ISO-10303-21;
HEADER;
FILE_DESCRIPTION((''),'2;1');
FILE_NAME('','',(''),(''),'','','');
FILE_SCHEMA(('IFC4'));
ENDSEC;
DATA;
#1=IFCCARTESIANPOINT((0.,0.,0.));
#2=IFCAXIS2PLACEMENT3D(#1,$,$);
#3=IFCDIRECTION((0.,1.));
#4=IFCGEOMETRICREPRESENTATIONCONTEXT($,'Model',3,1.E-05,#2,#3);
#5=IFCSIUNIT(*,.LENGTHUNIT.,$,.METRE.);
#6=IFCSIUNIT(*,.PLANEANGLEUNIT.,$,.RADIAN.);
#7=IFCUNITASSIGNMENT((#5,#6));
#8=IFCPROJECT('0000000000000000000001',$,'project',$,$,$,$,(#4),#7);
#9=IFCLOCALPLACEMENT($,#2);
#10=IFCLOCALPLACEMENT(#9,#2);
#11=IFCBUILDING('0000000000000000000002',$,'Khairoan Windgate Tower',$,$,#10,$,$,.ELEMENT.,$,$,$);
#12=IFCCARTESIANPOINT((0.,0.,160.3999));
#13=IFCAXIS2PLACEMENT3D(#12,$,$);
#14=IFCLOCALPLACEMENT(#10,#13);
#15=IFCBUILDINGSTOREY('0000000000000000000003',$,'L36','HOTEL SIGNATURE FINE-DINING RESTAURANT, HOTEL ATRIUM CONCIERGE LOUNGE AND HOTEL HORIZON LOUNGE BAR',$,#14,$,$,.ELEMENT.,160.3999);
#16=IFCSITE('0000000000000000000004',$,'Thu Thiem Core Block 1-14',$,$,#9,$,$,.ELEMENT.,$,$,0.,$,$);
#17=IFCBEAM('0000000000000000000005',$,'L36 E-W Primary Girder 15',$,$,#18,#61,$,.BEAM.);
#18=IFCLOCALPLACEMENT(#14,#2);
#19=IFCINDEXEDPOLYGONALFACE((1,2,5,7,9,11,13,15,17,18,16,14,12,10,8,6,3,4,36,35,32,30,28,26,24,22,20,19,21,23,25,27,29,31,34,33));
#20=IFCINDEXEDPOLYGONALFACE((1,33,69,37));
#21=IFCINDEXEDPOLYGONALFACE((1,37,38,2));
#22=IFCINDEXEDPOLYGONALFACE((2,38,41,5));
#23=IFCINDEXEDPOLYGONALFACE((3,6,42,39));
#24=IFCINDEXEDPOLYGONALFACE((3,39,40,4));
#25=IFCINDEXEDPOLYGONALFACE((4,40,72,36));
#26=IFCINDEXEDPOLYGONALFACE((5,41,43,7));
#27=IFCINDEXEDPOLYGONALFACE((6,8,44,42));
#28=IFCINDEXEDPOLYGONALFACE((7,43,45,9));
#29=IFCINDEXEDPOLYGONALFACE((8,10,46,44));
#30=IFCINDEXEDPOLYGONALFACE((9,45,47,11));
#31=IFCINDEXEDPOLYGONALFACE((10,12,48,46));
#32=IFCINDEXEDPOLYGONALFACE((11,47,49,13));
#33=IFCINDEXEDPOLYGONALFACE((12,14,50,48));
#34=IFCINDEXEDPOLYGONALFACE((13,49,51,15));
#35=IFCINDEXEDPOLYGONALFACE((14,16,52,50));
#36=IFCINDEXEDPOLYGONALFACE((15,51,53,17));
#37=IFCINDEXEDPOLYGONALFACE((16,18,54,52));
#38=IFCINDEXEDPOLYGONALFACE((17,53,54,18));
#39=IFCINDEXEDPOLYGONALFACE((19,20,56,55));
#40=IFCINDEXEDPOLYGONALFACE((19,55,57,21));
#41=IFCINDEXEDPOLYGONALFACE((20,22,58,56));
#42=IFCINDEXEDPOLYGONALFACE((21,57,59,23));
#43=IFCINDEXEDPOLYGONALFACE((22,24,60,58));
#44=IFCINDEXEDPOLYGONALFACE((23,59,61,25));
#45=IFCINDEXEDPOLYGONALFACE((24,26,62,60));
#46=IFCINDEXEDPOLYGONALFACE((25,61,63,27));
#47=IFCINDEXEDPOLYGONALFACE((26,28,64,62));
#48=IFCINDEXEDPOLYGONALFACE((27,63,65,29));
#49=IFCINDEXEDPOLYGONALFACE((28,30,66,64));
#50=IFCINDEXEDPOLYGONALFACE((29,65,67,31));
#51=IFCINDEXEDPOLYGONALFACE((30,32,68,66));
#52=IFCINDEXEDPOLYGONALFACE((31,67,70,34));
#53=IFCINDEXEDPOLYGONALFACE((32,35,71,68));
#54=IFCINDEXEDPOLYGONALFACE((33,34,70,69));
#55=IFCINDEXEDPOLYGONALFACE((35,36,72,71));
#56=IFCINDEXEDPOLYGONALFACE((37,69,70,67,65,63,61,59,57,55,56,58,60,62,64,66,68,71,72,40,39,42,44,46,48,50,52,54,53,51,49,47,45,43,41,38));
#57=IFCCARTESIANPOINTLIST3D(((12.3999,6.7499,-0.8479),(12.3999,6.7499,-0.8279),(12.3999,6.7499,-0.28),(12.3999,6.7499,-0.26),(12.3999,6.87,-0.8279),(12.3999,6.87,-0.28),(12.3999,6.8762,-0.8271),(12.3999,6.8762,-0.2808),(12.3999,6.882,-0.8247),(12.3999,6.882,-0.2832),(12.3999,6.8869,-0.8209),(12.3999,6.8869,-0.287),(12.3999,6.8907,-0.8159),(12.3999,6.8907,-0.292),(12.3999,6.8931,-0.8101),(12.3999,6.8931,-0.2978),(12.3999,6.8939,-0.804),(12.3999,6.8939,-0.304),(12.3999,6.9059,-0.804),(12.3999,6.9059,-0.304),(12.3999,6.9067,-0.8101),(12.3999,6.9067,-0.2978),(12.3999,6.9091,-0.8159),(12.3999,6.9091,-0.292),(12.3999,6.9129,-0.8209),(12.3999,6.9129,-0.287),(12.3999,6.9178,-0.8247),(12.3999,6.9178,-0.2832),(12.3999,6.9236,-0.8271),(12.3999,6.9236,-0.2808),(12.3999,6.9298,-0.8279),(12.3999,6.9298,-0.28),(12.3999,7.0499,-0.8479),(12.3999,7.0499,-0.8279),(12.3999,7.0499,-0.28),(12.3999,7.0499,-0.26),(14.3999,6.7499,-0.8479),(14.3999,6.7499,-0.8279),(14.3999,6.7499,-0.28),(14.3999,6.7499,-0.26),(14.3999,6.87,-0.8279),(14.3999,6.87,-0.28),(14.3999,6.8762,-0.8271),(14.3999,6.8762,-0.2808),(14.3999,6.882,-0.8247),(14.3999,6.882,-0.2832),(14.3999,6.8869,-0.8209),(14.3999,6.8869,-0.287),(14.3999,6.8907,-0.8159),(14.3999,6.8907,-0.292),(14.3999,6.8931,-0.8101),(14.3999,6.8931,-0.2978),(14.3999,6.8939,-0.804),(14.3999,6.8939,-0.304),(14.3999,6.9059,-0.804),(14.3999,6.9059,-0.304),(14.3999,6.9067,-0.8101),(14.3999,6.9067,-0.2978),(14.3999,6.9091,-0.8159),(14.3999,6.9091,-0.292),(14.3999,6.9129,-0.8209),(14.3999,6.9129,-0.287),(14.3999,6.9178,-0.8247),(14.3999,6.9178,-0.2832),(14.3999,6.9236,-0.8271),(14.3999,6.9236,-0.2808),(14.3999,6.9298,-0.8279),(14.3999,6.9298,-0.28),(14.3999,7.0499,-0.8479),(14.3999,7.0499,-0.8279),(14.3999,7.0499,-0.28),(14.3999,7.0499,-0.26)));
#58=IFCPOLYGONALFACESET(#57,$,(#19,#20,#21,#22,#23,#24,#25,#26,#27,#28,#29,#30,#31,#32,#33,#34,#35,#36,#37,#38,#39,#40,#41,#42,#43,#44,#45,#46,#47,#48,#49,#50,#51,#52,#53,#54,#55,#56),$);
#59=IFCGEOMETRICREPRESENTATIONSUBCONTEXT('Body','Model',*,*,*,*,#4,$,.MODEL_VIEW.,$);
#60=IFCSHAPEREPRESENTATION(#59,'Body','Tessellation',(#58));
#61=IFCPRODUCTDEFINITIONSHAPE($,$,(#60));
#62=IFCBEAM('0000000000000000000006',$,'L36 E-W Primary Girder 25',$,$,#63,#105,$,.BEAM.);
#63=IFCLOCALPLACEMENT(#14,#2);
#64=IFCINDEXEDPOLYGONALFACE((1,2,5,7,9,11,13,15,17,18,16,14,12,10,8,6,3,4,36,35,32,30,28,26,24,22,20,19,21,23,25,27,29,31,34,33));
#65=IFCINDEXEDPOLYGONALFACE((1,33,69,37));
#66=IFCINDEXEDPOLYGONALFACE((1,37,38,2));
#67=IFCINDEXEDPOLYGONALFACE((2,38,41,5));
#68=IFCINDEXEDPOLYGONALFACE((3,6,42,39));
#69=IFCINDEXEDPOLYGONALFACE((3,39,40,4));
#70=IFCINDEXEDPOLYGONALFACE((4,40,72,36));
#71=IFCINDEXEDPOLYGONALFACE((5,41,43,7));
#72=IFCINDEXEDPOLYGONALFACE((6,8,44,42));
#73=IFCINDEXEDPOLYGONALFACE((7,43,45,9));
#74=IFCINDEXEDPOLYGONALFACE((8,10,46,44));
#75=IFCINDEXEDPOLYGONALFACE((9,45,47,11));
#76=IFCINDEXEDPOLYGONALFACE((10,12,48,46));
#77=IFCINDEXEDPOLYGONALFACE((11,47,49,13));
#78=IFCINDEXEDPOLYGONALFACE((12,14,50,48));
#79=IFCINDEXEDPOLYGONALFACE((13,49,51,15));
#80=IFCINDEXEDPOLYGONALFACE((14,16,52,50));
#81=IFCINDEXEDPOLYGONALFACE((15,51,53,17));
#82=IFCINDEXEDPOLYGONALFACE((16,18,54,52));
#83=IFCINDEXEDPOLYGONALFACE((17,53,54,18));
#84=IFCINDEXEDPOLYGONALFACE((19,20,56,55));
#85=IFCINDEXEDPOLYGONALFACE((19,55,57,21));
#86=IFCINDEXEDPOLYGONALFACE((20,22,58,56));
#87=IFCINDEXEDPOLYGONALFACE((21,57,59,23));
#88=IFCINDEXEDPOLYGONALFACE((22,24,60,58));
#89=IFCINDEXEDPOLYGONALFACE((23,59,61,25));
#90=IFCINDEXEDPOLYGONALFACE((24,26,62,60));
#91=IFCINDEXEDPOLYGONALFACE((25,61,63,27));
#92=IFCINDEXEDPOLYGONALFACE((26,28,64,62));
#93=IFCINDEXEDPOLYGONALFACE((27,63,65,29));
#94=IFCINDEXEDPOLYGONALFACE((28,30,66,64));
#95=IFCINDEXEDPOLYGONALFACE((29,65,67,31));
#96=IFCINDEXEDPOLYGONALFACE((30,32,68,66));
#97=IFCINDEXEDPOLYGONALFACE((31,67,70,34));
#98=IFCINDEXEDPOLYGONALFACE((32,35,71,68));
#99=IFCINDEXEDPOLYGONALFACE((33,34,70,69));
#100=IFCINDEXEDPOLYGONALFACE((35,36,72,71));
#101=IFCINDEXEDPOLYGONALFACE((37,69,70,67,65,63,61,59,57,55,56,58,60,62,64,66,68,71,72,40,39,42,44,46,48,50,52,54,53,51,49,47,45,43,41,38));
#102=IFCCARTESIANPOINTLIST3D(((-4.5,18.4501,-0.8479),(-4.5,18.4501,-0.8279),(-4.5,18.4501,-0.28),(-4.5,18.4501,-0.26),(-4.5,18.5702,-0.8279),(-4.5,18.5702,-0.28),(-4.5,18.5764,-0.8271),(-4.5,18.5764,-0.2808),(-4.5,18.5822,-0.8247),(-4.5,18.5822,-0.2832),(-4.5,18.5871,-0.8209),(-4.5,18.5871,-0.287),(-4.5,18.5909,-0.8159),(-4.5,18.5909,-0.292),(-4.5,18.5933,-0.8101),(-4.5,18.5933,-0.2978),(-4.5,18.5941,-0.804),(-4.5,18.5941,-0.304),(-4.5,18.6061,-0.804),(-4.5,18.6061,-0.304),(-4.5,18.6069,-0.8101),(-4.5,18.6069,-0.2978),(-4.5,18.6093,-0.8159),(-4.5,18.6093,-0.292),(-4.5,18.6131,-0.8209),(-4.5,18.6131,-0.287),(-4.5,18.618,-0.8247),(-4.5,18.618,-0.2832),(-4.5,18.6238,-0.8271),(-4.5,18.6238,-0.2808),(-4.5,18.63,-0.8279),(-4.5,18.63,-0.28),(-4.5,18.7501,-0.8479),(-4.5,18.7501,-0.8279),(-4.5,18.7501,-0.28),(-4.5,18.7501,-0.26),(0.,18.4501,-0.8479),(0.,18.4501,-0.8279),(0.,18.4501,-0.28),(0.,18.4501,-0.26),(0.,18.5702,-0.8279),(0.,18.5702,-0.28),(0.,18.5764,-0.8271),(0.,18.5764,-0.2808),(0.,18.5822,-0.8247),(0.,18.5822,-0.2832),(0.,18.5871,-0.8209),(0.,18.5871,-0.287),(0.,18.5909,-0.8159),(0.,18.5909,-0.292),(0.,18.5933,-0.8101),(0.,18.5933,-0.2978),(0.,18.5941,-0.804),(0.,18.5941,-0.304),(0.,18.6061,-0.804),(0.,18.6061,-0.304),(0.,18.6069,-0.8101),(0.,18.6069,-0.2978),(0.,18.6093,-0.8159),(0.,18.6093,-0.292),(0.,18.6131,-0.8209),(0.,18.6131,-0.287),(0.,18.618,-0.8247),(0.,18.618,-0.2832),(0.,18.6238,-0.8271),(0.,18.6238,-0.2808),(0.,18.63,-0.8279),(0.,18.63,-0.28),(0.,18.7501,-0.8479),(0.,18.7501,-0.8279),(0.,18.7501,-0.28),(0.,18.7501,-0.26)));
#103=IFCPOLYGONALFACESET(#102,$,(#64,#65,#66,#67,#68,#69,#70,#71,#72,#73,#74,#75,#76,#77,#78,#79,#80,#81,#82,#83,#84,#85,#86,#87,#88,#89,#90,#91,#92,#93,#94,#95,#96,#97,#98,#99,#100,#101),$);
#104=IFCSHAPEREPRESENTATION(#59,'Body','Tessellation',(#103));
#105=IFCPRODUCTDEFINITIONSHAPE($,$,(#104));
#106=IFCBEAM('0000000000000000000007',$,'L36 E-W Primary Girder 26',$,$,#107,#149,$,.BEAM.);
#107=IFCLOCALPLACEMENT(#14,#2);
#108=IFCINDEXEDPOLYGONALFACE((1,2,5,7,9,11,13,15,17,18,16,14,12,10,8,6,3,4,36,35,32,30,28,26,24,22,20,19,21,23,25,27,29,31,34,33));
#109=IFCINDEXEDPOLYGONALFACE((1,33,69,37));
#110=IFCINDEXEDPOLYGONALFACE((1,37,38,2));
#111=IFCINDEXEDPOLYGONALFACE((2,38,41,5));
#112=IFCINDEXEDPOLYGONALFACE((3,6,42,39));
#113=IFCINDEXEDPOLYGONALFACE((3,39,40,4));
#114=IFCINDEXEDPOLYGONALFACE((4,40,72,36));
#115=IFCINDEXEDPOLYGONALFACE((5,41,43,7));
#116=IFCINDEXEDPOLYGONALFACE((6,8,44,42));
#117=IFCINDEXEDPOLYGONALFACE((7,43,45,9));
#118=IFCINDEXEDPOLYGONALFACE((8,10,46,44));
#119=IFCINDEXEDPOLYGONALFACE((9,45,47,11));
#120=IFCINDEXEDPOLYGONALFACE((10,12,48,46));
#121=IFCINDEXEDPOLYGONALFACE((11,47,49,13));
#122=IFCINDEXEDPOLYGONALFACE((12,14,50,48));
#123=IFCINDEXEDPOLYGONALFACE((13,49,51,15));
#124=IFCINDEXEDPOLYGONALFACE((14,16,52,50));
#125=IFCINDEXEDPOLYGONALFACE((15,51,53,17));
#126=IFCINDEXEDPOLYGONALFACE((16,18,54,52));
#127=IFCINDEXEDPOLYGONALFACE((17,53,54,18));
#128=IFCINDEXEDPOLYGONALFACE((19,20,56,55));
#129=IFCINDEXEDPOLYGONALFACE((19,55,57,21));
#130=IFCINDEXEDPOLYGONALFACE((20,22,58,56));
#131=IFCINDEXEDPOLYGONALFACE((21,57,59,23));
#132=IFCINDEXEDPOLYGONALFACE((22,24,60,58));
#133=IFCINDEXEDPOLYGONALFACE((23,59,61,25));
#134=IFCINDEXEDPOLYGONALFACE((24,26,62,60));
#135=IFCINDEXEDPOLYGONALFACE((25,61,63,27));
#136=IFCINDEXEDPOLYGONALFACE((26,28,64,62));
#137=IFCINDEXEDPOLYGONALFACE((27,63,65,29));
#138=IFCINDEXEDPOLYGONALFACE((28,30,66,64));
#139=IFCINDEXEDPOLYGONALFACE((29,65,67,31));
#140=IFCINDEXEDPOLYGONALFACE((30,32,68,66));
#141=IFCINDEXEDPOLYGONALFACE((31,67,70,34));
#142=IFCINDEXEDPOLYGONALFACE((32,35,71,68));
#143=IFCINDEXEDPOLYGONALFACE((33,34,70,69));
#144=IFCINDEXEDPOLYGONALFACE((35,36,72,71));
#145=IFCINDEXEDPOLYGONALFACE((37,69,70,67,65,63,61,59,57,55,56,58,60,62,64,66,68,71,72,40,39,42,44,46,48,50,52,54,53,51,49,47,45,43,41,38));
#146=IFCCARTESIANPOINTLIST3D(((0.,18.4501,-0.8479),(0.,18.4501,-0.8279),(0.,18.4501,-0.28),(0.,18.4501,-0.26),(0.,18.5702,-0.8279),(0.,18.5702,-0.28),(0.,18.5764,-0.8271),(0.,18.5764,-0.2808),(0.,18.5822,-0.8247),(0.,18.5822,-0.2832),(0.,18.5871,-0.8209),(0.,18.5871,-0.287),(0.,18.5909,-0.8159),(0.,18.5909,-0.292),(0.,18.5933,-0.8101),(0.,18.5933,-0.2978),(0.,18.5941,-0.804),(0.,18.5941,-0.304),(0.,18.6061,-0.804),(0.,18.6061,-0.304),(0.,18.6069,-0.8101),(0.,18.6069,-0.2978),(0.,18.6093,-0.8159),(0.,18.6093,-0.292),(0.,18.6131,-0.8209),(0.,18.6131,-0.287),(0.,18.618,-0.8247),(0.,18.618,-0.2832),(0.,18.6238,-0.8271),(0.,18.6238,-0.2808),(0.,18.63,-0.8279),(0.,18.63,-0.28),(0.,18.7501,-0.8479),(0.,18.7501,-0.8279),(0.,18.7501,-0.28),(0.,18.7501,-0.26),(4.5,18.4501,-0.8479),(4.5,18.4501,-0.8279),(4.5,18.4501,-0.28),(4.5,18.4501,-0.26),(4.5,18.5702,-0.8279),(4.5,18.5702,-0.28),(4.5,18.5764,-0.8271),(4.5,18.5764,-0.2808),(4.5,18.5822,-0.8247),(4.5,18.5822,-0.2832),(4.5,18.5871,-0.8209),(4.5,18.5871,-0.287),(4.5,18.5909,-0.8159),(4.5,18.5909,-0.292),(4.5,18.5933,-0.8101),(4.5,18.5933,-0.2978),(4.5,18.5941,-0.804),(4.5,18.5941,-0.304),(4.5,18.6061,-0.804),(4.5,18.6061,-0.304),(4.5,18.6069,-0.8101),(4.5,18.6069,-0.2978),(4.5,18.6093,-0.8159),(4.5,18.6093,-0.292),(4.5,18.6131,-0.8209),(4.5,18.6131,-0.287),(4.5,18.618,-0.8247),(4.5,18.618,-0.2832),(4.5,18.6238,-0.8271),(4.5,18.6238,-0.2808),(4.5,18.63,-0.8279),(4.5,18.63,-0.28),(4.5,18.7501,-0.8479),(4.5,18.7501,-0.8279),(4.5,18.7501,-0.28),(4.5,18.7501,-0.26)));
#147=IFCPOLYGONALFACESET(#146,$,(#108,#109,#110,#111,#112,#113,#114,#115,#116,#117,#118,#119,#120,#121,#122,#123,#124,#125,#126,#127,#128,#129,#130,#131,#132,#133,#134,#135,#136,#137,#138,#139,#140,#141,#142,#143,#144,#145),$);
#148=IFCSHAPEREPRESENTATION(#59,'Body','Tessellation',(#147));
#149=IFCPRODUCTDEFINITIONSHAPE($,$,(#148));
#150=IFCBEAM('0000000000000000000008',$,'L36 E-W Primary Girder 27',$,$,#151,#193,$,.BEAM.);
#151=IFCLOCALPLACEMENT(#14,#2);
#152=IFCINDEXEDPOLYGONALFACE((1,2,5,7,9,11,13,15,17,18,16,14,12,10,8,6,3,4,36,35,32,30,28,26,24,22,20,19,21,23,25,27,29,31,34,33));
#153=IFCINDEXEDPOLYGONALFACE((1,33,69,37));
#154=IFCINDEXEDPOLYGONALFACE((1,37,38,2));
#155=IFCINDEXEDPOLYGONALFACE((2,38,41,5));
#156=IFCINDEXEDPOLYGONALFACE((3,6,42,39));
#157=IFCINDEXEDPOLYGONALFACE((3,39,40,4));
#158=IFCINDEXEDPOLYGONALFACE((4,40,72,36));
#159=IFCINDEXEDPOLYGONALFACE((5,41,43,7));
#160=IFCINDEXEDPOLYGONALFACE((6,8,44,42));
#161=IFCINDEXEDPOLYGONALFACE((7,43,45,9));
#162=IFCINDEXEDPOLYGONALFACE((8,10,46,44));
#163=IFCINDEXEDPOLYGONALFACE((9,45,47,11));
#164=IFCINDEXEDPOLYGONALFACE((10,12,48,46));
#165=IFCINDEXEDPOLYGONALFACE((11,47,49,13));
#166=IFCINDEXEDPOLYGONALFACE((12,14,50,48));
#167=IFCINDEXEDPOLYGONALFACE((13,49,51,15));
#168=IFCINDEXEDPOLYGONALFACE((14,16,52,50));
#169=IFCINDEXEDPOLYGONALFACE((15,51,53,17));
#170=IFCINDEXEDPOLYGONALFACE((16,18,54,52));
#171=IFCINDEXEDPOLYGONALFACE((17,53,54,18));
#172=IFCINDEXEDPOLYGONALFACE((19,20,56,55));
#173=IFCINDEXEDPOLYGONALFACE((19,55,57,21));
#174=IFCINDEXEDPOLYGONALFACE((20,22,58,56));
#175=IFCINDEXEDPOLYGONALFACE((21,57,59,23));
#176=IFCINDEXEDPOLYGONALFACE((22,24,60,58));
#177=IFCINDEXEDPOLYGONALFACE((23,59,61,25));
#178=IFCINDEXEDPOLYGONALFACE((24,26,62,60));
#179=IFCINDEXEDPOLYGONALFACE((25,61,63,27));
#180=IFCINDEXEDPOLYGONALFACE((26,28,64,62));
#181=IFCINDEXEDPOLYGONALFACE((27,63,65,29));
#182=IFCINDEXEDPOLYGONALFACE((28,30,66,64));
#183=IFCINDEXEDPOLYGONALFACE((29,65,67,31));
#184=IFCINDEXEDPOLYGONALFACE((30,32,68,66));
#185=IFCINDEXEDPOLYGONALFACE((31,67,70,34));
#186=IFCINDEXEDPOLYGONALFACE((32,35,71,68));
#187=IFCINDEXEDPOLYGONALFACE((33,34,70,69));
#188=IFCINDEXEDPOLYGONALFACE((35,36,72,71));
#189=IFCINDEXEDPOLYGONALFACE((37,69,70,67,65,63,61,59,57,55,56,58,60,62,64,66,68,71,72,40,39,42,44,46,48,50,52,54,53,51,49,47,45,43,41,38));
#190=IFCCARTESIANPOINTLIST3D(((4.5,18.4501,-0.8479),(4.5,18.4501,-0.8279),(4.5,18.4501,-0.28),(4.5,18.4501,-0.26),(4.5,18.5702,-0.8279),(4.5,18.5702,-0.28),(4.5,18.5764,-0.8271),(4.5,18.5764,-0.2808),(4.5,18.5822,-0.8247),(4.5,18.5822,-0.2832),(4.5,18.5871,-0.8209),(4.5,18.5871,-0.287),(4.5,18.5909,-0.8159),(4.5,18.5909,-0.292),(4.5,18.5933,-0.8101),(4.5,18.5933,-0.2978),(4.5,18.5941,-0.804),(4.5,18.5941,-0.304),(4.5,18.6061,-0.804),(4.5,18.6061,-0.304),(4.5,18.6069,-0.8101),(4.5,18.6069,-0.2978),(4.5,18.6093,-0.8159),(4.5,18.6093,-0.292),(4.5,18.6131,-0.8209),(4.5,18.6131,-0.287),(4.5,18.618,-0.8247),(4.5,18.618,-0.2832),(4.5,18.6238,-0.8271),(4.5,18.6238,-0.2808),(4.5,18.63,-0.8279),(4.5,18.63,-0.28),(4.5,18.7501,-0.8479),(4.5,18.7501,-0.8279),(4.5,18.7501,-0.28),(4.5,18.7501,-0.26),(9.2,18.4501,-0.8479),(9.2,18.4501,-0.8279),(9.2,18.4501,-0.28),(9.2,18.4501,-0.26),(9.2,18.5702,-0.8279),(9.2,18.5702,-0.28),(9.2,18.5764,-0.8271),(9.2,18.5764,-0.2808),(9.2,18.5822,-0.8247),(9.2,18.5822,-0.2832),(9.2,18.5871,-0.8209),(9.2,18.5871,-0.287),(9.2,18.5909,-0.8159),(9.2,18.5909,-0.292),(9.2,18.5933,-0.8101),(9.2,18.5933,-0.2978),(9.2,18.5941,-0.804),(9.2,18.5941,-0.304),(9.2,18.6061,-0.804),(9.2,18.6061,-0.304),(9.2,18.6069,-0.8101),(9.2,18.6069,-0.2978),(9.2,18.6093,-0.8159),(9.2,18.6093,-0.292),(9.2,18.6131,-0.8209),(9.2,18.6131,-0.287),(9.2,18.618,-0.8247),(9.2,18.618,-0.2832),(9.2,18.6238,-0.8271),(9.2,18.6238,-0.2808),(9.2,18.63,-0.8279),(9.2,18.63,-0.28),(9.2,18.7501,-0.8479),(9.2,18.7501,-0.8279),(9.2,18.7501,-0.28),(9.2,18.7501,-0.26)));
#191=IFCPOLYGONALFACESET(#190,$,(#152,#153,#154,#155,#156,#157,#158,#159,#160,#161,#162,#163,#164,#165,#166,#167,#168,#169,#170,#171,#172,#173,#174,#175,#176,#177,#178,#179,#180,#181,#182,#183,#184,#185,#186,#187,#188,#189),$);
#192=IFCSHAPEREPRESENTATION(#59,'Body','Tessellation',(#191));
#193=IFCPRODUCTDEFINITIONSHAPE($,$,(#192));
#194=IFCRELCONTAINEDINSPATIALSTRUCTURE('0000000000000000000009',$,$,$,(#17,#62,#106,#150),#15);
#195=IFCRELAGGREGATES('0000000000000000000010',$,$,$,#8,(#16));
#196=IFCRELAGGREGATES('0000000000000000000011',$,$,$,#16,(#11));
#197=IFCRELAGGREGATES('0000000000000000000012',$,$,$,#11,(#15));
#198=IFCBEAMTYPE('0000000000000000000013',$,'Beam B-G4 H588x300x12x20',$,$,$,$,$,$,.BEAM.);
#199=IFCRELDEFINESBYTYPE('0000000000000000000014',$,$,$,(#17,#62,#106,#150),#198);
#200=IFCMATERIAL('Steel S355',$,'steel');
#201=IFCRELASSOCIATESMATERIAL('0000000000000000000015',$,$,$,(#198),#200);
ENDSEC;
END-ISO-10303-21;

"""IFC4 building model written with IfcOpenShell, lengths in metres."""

from ifc_helpers import new_model, si_unit, direction, frame, origin, origin_2d, place, context, subcontext, project, spatial, i_section, extrude, material, material_profile, profile_set, type_object, element, save


model = new_model("IFC4")

# Units and contexts
model_context = context("Model", 3, precision=1e-05, world=origin(), true_north=direction((0.0, 1.0)))
body_context = subcontext(model_context, "Body", "Model", "MODEL_VIEW")
ifc_project = project(units=[si_unit("LENGTHUNIT", "METRE"), si_unit("PLANEANGLEUNIT", "RADIAN")], contexts=[model_context])

# Site, building, storey
site_placement = place(None, origin())
site = spatial("IfcSite", under=ifc_project, at=site_placement, Name="Thu Thiem Core Block 1-14", CompositionType="ELEMENT", RefElevation=0.0)
building_placement = place(site_placement, origin())
building = spatial("IfcBuilding", under=site, at=building_placement, Name="Khairoan Windgate Tower", CompositionType="ELEMENT")
storey_placement = place(building_placement, frame((0.0, 0.0, 160.3999)))
storey = spatial("IfcBuildingStorey", under=building, at=storey_placement, Name="L36", Description="HOTEL SIGNATURE FINE-DINING RESTAURANT, HOTEL ATRIUM CONCIERGE LOUNGE AND HOTEL HORIZON LOUNGE BAR", CompositionType="ELEMENT", Elevation=160.3999)

# Beams
ifc_material_1 = material(Name="Steel S355", Category="steel")
ifc_material_profile_1 = material_profile(ifc_material_1, i_section(OverallWidth=0.3, OverallDepth=0.5879, WebThickness=0.012, FlangeThickness=0.02, FilletRadius=0.0239, at=origin_2d()))
ifc_profile_set_1 = profile_set([ifc_material_profile_1], Name="Steel S355")
beam_type_1 = type_object("IfcBeamType", Name="Beam B-G4 H588x300x12x20", PredefinedType="BEAM", material=ifc_profile_set_1)
beam_1_placement = place(storey_placement, frame((12.3999, 6.8999, -0.554), z_axis=(1.0, 0.0, 0.0), x_axis=(0.0, 1.0, 0.0)))
element("IfcBeam", 1, at=beam_1_placement, inside=storey, type_object=beam_type_1, Name="L36 E-W Primary Girder 15", PredefinedType="BEAM", context=body_context, shape_type="SweptSolid", body=[
    extrude(i_section(OverallWidth=0.3, OverallDepth=0.5879, WebThickness=0.012, FlangeThickness=0.02, FilletRadius=0.0239, at=origin_2d()), origin(), (0.0, 0.0, 1.0), 2.0),
])
for number, where, z_axis, x_axis, name in (
    (2, (-4.5, 18.6001, -0.554), (1.0, 0.0, 0.0), (0.0, 1.0, 0.0), "L36 E-W Primary Girder 25"),
    (3, (0.0, 18.6001, -0.554), (1.0, 0.0, 0.0), (0.0, 1.0, 0.0), "L36 E-W Primary Girder 26"),
):
    element("IfcBeam", number, at=place(storey_placement, frame(where, z_axis=z_axis, x_axis=x_axis)), inside=storey, type_object=beam_type_1, Name=name, PredefinedType="BEAM", context=body_context, shape_type="SweptSolid", body=[
        extrude(i_section(OverallWidth=0.3, OverallDepth=0.5879, WebThickness=0.012, FlangeThickness=0.02, FilletRadius=0.0239, at=origin_2d()), origin(), (0.0, 0.0, 1.0), 4.5),
    ])
beam_2_placement = place(storey_placement, frame((4.5, 18.6001, -0.554), z_axis=(1.0, 0.0, 0.0), x_axis=(0.0, 1.0, 0.0)))
element("IfcBeam", 4, at=beam_2_placement, inside=storey, type_object=beam_type_1, Name="L36 E-W Primary Girder 27", PredefinedType="BEAM", context=body_context, shape_type="SweptSolid", body=[
    extrude(i_section(OverallWidth=0.3, OverallDepth=0.5879, WebThickness=0.012, FlangeThickness=0.02, FilletRadius=0.0239, at=origin_2d()), origin(), (0.0, 0.0, 1.0), 4.7),
])

save(model, "model.ifc")
